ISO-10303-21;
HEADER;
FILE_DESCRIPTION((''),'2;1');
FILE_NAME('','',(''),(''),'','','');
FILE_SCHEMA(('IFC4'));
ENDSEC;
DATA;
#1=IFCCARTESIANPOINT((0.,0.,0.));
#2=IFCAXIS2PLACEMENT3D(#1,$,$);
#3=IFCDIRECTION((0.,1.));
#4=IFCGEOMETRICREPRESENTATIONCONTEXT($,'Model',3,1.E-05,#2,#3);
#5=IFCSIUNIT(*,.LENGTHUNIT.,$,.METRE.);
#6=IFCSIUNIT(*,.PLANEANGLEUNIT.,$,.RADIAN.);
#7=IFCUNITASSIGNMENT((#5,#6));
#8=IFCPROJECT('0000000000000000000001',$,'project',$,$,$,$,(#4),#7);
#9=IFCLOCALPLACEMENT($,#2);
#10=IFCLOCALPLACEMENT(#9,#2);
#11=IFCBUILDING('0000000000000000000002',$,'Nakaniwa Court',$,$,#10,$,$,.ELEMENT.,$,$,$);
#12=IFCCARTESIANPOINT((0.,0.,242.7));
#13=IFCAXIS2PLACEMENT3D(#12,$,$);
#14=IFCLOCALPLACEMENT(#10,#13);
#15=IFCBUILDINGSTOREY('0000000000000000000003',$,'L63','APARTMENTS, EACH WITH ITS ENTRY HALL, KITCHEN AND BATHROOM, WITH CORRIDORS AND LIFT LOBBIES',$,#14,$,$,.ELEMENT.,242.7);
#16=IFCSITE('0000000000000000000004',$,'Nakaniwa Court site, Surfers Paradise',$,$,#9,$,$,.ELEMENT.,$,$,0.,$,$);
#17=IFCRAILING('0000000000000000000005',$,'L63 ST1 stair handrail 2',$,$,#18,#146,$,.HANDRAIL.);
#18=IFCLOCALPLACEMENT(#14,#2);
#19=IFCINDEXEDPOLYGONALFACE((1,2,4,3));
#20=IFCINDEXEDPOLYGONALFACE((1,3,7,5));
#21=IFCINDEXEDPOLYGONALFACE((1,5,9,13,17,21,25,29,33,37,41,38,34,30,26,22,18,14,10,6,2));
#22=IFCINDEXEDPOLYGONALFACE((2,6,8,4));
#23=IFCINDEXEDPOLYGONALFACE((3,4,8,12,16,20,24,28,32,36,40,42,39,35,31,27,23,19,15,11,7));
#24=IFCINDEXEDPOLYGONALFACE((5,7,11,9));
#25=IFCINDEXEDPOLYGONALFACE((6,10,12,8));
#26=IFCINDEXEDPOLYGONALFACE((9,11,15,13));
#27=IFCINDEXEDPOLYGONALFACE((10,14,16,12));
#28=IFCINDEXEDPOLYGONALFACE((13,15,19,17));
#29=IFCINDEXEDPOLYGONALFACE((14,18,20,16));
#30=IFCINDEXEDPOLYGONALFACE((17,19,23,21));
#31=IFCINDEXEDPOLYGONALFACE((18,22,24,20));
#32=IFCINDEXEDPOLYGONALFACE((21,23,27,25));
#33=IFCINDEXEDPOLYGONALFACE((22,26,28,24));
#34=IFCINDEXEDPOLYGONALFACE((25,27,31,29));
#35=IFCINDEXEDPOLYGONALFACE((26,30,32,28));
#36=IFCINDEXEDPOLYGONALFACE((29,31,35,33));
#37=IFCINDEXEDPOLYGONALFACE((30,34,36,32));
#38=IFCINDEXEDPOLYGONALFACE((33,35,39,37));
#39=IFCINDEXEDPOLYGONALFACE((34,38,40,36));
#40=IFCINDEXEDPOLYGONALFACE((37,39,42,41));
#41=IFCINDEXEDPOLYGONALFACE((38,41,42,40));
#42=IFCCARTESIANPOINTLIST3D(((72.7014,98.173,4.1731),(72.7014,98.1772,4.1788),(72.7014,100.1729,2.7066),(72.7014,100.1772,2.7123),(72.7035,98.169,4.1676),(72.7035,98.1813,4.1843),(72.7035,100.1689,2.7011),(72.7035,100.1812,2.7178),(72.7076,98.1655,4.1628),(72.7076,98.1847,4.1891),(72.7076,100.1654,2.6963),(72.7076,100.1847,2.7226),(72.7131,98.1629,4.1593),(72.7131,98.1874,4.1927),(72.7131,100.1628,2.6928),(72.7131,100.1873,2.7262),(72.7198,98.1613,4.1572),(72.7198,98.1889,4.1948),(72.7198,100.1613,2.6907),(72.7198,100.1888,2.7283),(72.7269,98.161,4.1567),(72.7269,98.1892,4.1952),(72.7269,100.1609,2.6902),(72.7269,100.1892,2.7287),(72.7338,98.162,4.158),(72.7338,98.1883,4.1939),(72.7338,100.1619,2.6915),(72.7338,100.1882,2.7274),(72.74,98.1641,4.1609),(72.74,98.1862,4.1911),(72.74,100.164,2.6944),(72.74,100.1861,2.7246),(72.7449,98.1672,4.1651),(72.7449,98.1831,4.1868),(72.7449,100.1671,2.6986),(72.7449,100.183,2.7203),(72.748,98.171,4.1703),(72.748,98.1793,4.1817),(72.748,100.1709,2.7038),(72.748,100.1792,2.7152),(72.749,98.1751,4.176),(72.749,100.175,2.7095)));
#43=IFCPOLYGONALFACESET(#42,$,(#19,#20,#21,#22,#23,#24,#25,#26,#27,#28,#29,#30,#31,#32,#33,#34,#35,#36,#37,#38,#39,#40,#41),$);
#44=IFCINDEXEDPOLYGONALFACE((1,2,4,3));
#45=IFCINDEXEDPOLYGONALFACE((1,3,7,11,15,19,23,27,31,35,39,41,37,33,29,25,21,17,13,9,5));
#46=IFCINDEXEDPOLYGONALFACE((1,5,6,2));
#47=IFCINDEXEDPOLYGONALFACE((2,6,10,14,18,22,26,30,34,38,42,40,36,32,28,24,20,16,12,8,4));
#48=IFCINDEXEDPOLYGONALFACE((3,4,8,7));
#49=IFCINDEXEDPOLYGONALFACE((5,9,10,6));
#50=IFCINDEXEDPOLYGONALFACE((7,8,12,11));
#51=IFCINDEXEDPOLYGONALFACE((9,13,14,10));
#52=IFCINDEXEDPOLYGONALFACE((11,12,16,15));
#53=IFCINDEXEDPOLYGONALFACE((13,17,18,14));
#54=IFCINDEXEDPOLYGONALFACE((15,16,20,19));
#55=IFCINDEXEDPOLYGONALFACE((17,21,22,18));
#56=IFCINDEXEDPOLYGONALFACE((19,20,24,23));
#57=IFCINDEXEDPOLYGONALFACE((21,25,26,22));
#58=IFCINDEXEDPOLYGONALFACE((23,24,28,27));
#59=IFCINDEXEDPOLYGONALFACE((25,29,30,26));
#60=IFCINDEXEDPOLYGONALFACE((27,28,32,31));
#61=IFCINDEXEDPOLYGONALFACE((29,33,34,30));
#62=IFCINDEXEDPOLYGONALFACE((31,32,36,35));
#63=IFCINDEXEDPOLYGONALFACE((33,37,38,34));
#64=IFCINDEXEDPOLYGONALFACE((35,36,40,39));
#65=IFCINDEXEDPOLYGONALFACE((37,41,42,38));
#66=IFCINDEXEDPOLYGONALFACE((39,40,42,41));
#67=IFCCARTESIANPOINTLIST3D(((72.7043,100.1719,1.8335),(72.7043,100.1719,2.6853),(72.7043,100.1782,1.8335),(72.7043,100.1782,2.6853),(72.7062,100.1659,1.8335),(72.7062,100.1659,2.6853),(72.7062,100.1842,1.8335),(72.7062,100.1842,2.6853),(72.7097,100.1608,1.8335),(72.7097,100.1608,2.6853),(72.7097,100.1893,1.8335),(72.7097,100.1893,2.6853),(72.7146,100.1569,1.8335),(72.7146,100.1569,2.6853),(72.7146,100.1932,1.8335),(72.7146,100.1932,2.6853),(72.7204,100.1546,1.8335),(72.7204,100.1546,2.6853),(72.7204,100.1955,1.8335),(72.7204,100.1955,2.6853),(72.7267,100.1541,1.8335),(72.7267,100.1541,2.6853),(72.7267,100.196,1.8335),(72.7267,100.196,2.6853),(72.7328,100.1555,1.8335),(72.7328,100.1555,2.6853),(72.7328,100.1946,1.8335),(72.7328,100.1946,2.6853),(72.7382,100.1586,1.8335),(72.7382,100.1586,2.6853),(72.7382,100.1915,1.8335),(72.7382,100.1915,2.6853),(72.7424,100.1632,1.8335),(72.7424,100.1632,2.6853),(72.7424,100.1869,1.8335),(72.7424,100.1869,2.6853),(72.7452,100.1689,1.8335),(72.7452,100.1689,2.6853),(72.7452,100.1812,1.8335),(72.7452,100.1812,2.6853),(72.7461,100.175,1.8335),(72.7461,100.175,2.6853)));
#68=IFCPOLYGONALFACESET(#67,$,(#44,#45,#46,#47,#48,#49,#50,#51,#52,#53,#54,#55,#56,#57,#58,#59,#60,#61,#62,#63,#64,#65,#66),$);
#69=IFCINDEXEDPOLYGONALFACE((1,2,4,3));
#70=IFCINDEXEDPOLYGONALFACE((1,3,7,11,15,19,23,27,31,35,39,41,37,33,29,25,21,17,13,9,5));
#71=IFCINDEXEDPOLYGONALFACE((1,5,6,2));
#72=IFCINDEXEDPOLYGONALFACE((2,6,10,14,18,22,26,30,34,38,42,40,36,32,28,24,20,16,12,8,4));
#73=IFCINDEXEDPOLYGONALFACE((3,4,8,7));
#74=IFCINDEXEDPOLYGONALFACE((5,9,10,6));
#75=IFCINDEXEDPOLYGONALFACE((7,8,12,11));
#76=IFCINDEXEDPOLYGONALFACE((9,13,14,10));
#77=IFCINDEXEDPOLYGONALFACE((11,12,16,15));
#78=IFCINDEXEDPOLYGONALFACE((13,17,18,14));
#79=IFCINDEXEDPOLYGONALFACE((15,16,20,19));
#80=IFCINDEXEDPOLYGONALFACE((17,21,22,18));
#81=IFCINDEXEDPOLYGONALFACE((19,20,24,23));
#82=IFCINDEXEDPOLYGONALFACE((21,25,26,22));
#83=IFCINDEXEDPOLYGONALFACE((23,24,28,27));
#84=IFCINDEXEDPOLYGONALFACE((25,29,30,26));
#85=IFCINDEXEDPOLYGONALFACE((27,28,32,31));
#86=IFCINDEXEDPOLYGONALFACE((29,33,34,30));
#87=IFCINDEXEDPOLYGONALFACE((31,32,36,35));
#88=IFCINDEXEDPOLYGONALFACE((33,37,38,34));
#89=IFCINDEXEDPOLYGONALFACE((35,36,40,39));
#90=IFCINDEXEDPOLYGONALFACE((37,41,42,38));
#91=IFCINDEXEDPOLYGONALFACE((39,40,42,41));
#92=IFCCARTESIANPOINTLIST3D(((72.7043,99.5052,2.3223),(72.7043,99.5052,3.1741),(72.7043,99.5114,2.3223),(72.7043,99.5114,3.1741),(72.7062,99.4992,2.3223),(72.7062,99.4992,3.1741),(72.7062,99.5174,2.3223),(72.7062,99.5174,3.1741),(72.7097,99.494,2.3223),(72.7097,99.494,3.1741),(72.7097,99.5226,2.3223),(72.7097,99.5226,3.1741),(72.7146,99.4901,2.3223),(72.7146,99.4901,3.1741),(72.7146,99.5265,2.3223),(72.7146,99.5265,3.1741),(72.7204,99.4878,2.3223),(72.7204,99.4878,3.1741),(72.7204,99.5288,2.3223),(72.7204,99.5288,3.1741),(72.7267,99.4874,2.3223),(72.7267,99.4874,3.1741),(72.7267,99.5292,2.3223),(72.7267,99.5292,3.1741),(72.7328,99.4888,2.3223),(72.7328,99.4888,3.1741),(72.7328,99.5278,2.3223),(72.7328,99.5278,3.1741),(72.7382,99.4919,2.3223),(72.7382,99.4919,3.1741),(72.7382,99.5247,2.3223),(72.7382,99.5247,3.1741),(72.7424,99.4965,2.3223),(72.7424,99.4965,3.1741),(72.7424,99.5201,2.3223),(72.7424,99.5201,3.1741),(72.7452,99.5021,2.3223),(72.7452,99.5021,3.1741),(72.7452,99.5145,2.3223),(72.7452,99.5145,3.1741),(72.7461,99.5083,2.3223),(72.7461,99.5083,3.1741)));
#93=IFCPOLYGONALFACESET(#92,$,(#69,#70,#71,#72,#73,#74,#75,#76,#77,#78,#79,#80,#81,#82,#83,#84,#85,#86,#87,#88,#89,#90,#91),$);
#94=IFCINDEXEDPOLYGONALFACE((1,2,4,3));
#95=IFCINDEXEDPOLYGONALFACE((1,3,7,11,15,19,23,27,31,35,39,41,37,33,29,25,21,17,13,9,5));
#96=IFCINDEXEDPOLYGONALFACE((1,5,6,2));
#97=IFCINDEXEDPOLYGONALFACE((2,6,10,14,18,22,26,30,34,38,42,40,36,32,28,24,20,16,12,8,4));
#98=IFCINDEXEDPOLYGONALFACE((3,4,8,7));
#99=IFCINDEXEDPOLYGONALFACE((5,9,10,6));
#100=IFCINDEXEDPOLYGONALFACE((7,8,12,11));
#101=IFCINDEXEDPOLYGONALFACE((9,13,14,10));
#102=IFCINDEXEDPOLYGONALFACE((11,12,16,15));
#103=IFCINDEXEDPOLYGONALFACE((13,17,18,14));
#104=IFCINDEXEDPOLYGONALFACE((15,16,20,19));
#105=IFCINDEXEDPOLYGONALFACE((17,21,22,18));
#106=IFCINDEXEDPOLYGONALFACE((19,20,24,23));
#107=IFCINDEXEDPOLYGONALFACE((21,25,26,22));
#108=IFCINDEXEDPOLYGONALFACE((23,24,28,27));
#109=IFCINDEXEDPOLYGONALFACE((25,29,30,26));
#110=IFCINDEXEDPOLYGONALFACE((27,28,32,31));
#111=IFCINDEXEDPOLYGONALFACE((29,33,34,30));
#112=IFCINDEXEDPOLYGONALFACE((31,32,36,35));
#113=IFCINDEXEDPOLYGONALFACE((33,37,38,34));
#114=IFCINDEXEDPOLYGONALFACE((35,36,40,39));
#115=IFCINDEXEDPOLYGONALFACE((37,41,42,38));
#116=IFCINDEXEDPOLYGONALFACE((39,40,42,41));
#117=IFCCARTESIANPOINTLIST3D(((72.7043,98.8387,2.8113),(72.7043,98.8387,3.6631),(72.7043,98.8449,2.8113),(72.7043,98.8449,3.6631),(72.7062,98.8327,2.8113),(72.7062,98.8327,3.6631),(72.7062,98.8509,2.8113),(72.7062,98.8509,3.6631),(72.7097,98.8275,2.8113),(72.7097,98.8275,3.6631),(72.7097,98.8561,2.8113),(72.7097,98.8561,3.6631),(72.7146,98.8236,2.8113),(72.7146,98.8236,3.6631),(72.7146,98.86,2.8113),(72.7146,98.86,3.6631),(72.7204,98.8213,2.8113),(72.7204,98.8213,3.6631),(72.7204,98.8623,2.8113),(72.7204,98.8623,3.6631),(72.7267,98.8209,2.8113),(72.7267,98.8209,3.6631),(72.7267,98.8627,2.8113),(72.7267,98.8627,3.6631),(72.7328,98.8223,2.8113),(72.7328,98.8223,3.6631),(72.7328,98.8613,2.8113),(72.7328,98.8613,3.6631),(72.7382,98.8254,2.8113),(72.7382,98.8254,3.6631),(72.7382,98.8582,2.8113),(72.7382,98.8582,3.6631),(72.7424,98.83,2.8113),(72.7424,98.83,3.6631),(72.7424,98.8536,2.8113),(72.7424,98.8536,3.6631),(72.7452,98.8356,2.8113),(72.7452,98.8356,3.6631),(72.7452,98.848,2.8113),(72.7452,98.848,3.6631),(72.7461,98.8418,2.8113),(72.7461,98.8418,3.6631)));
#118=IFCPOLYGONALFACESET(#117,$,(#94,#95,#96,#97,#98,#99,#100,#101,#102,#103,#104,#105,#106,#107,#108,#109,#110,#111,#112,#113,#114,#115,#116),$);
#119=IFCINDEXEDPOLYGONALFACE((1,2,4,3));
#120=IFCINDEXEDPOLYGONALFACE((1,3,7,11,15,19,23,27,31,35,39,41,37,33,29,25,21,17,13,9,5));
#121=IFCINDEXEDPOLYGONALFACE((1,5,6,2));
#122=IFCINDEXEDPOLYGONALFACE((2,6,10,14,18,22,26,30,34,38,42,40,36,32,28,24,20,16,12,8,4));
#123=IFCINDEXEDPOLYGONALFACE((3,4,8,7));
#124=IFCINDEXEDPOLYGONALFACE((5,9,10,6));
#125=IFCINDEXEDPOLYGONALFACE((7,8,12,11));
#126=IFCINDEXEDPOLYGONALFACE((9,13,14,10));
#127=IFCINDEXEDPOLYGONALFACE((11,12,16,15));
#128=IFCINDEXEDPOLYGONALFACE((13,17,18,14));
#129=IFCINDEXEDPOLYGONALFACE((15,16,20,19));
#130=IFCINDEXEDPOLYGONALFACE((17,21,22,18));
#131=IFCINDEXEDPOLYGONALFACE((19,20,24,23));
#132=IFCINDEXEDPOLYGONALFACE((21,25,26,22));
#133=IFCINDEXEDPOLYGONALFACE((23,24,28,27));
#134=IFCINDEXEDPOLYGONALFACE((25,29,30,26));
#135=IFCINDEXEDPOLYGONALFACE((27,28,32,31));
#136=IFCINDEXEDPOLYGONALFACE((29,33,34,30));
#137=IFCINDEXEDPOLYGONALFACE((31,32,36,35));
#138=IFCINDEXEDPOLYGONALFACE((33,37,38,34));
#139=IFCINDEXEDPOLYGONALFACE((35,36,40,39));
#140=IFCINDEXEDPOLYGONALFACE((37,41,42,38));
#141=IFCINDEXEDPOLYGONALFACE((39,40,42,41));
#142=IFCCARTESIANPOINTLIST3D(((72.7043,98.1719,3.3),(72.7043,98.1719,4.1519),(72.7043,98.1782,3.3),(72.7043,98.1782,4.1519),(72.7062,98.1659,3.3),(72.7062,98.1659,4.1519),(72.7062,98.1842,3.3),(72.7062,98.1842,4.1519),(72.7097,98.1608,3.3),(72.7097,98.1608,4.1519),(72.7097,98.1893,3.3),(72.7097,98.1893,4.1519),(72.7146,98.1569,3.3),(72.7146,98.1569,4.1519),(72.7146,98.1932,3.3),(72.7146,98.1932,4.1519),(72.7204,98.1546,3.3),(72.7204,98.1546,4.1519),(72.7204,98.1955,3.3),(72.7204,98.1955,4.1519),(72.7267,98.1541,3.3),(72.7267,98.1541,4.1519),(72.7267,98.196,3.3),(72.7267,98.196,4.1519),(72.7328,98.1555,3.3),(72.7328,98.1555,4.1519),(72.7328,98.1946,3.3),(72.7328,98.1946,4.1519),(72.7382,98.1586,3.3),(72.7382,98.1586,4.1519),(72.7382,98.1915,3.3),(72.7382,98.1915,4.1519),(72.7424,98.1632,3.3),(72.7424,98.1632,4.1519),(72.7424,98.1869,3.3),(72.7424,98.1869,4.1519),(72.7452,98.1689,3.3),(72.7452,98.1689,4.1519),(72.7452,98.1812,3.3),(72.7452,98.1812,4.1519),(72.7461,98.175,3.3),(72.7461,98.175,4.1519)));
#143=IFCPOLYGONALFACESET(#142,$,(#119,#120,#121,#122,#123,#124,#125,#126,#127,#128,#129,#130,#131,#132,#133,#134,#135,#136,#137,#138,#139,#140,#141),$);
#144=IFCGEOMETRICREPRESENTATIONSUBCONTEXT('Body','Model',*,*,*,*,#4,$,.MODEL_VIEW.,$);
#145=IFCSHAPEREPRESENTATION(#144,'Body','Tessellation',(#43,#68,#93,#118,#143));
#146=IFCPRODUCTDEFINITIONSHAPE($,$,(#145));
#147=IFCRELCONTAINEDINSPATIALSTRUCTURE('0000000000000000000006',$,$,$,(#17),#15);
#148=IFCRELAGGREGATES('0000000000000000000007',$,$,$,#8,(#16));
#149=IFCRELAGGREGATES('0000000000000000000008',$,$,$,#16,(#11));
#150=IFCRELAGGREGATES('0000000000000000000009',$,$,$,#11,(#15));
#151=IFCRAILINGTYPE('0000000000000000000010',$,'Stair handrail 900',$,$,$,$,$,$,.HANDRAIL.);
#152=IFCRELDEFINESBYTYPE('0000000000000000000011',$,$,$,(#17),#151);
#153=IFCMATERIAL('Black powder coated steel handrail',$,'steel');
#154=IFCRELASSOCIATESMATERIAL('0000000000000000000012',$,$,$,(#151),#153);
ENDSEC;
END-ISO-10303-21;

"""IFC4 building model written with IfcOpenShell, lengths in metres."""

from ifc_helpers import new_model, si_unit, direction, frame, origin, origin_2d, place, context, subcontext, project, spatial, circle, extrude, material, type_object, element, save


model = new_model("IFC4")

# Units and contexts
model_context = context("Model", 3, precision=1e-05, world=origin(), true_north=direction((0.0, 1.0)))
body_context = subcontext(model_context, "Body", "Model", "MODEL_VIEW")
ifc_project = project(units=[si_unit("LENGTHUNIT", "METRE"), si_unit("PLANEANGLEUNIT", "RADIAN")], contexts=[model_context])

# Site, building, storey
site_placement = place(None, origin())
site = spatial("IfcSite", under=ifc_project, at=site_placement, Name="Nakaniwa Court site, Surfers Paradise", CompositionType="ELEMENT", RefElevation=0.0)
building_placement = place(site_placement, origin())
building = spatial("IfcBuilding", under=site, at=building_placement, Name="Nakaniwa Court", CompositionType="ELEMENT")
storey_placement = place(building_placement, frame((0.0, 0.0, 242.7)))
storey = spatial("IfcBuildingStorey", under=building, at=storey_placement, Name="L63", Description="APARTMENTS, EACH WITH ITS ENTRY HALL, KITCHEN AND BATHROOM, WITH CORRIDORS AND LIFT LOBBIES", CompositionType="ELEMENT", Elevation=242.7)

# Railing
ifc_material_1 = material(Name="Black powder coated steel handrail", Category="steel")
railing_type_1 = type_object("IfcRailingType", Name="Stair handrail 900", PredefinedType="HANDRAIL", material=ifc_material_1)
railing_1_placement = place(storey_placement, frame((72.7251, 100.175, 1.8335)))
element("IfcRailing", 1, at=railing_1_placement, inside=storey, type_object=railing_type_1, Name="L63 ST1 stair handrail 2", PredefinedType="HANDRAIL", context=body_context, shape_type="SweptSolid", body=[
    extrude(circle(Radius=0.0239, at=origin_2d()), frame((0.0, 0.0, 0.876), z_axis=(0.0, -0.806427, 0.591334), x_axis=(1.0, 0.0, 0.0)), (0.0, 0.0, 1.0), 2.48),
    extrude(circle(Radius=0.021, at=origin_2d()), origin(), (0.0, 0.0, 1.0), 0.8518),
    extrude(circle(Radius=0.021, at=origin_2d()), frame((0.0, -0.6667, 0.4888)), (0.0, 0.0, 1.0), 0.8518),
    extrude(circle(Radius=0.021, at=origin_2d()), frame((0.0, -1.3333, 0.9778)), (0.0, 0.0, 1.0), 0.8518),
    extrude(circle(Radius=0.021, at=origin_2d()), frame((0.0, -2.0, 1.4666)), (0.0, 0.0, 1.0), 0.8518),
])

save(model, "model.ifc")
